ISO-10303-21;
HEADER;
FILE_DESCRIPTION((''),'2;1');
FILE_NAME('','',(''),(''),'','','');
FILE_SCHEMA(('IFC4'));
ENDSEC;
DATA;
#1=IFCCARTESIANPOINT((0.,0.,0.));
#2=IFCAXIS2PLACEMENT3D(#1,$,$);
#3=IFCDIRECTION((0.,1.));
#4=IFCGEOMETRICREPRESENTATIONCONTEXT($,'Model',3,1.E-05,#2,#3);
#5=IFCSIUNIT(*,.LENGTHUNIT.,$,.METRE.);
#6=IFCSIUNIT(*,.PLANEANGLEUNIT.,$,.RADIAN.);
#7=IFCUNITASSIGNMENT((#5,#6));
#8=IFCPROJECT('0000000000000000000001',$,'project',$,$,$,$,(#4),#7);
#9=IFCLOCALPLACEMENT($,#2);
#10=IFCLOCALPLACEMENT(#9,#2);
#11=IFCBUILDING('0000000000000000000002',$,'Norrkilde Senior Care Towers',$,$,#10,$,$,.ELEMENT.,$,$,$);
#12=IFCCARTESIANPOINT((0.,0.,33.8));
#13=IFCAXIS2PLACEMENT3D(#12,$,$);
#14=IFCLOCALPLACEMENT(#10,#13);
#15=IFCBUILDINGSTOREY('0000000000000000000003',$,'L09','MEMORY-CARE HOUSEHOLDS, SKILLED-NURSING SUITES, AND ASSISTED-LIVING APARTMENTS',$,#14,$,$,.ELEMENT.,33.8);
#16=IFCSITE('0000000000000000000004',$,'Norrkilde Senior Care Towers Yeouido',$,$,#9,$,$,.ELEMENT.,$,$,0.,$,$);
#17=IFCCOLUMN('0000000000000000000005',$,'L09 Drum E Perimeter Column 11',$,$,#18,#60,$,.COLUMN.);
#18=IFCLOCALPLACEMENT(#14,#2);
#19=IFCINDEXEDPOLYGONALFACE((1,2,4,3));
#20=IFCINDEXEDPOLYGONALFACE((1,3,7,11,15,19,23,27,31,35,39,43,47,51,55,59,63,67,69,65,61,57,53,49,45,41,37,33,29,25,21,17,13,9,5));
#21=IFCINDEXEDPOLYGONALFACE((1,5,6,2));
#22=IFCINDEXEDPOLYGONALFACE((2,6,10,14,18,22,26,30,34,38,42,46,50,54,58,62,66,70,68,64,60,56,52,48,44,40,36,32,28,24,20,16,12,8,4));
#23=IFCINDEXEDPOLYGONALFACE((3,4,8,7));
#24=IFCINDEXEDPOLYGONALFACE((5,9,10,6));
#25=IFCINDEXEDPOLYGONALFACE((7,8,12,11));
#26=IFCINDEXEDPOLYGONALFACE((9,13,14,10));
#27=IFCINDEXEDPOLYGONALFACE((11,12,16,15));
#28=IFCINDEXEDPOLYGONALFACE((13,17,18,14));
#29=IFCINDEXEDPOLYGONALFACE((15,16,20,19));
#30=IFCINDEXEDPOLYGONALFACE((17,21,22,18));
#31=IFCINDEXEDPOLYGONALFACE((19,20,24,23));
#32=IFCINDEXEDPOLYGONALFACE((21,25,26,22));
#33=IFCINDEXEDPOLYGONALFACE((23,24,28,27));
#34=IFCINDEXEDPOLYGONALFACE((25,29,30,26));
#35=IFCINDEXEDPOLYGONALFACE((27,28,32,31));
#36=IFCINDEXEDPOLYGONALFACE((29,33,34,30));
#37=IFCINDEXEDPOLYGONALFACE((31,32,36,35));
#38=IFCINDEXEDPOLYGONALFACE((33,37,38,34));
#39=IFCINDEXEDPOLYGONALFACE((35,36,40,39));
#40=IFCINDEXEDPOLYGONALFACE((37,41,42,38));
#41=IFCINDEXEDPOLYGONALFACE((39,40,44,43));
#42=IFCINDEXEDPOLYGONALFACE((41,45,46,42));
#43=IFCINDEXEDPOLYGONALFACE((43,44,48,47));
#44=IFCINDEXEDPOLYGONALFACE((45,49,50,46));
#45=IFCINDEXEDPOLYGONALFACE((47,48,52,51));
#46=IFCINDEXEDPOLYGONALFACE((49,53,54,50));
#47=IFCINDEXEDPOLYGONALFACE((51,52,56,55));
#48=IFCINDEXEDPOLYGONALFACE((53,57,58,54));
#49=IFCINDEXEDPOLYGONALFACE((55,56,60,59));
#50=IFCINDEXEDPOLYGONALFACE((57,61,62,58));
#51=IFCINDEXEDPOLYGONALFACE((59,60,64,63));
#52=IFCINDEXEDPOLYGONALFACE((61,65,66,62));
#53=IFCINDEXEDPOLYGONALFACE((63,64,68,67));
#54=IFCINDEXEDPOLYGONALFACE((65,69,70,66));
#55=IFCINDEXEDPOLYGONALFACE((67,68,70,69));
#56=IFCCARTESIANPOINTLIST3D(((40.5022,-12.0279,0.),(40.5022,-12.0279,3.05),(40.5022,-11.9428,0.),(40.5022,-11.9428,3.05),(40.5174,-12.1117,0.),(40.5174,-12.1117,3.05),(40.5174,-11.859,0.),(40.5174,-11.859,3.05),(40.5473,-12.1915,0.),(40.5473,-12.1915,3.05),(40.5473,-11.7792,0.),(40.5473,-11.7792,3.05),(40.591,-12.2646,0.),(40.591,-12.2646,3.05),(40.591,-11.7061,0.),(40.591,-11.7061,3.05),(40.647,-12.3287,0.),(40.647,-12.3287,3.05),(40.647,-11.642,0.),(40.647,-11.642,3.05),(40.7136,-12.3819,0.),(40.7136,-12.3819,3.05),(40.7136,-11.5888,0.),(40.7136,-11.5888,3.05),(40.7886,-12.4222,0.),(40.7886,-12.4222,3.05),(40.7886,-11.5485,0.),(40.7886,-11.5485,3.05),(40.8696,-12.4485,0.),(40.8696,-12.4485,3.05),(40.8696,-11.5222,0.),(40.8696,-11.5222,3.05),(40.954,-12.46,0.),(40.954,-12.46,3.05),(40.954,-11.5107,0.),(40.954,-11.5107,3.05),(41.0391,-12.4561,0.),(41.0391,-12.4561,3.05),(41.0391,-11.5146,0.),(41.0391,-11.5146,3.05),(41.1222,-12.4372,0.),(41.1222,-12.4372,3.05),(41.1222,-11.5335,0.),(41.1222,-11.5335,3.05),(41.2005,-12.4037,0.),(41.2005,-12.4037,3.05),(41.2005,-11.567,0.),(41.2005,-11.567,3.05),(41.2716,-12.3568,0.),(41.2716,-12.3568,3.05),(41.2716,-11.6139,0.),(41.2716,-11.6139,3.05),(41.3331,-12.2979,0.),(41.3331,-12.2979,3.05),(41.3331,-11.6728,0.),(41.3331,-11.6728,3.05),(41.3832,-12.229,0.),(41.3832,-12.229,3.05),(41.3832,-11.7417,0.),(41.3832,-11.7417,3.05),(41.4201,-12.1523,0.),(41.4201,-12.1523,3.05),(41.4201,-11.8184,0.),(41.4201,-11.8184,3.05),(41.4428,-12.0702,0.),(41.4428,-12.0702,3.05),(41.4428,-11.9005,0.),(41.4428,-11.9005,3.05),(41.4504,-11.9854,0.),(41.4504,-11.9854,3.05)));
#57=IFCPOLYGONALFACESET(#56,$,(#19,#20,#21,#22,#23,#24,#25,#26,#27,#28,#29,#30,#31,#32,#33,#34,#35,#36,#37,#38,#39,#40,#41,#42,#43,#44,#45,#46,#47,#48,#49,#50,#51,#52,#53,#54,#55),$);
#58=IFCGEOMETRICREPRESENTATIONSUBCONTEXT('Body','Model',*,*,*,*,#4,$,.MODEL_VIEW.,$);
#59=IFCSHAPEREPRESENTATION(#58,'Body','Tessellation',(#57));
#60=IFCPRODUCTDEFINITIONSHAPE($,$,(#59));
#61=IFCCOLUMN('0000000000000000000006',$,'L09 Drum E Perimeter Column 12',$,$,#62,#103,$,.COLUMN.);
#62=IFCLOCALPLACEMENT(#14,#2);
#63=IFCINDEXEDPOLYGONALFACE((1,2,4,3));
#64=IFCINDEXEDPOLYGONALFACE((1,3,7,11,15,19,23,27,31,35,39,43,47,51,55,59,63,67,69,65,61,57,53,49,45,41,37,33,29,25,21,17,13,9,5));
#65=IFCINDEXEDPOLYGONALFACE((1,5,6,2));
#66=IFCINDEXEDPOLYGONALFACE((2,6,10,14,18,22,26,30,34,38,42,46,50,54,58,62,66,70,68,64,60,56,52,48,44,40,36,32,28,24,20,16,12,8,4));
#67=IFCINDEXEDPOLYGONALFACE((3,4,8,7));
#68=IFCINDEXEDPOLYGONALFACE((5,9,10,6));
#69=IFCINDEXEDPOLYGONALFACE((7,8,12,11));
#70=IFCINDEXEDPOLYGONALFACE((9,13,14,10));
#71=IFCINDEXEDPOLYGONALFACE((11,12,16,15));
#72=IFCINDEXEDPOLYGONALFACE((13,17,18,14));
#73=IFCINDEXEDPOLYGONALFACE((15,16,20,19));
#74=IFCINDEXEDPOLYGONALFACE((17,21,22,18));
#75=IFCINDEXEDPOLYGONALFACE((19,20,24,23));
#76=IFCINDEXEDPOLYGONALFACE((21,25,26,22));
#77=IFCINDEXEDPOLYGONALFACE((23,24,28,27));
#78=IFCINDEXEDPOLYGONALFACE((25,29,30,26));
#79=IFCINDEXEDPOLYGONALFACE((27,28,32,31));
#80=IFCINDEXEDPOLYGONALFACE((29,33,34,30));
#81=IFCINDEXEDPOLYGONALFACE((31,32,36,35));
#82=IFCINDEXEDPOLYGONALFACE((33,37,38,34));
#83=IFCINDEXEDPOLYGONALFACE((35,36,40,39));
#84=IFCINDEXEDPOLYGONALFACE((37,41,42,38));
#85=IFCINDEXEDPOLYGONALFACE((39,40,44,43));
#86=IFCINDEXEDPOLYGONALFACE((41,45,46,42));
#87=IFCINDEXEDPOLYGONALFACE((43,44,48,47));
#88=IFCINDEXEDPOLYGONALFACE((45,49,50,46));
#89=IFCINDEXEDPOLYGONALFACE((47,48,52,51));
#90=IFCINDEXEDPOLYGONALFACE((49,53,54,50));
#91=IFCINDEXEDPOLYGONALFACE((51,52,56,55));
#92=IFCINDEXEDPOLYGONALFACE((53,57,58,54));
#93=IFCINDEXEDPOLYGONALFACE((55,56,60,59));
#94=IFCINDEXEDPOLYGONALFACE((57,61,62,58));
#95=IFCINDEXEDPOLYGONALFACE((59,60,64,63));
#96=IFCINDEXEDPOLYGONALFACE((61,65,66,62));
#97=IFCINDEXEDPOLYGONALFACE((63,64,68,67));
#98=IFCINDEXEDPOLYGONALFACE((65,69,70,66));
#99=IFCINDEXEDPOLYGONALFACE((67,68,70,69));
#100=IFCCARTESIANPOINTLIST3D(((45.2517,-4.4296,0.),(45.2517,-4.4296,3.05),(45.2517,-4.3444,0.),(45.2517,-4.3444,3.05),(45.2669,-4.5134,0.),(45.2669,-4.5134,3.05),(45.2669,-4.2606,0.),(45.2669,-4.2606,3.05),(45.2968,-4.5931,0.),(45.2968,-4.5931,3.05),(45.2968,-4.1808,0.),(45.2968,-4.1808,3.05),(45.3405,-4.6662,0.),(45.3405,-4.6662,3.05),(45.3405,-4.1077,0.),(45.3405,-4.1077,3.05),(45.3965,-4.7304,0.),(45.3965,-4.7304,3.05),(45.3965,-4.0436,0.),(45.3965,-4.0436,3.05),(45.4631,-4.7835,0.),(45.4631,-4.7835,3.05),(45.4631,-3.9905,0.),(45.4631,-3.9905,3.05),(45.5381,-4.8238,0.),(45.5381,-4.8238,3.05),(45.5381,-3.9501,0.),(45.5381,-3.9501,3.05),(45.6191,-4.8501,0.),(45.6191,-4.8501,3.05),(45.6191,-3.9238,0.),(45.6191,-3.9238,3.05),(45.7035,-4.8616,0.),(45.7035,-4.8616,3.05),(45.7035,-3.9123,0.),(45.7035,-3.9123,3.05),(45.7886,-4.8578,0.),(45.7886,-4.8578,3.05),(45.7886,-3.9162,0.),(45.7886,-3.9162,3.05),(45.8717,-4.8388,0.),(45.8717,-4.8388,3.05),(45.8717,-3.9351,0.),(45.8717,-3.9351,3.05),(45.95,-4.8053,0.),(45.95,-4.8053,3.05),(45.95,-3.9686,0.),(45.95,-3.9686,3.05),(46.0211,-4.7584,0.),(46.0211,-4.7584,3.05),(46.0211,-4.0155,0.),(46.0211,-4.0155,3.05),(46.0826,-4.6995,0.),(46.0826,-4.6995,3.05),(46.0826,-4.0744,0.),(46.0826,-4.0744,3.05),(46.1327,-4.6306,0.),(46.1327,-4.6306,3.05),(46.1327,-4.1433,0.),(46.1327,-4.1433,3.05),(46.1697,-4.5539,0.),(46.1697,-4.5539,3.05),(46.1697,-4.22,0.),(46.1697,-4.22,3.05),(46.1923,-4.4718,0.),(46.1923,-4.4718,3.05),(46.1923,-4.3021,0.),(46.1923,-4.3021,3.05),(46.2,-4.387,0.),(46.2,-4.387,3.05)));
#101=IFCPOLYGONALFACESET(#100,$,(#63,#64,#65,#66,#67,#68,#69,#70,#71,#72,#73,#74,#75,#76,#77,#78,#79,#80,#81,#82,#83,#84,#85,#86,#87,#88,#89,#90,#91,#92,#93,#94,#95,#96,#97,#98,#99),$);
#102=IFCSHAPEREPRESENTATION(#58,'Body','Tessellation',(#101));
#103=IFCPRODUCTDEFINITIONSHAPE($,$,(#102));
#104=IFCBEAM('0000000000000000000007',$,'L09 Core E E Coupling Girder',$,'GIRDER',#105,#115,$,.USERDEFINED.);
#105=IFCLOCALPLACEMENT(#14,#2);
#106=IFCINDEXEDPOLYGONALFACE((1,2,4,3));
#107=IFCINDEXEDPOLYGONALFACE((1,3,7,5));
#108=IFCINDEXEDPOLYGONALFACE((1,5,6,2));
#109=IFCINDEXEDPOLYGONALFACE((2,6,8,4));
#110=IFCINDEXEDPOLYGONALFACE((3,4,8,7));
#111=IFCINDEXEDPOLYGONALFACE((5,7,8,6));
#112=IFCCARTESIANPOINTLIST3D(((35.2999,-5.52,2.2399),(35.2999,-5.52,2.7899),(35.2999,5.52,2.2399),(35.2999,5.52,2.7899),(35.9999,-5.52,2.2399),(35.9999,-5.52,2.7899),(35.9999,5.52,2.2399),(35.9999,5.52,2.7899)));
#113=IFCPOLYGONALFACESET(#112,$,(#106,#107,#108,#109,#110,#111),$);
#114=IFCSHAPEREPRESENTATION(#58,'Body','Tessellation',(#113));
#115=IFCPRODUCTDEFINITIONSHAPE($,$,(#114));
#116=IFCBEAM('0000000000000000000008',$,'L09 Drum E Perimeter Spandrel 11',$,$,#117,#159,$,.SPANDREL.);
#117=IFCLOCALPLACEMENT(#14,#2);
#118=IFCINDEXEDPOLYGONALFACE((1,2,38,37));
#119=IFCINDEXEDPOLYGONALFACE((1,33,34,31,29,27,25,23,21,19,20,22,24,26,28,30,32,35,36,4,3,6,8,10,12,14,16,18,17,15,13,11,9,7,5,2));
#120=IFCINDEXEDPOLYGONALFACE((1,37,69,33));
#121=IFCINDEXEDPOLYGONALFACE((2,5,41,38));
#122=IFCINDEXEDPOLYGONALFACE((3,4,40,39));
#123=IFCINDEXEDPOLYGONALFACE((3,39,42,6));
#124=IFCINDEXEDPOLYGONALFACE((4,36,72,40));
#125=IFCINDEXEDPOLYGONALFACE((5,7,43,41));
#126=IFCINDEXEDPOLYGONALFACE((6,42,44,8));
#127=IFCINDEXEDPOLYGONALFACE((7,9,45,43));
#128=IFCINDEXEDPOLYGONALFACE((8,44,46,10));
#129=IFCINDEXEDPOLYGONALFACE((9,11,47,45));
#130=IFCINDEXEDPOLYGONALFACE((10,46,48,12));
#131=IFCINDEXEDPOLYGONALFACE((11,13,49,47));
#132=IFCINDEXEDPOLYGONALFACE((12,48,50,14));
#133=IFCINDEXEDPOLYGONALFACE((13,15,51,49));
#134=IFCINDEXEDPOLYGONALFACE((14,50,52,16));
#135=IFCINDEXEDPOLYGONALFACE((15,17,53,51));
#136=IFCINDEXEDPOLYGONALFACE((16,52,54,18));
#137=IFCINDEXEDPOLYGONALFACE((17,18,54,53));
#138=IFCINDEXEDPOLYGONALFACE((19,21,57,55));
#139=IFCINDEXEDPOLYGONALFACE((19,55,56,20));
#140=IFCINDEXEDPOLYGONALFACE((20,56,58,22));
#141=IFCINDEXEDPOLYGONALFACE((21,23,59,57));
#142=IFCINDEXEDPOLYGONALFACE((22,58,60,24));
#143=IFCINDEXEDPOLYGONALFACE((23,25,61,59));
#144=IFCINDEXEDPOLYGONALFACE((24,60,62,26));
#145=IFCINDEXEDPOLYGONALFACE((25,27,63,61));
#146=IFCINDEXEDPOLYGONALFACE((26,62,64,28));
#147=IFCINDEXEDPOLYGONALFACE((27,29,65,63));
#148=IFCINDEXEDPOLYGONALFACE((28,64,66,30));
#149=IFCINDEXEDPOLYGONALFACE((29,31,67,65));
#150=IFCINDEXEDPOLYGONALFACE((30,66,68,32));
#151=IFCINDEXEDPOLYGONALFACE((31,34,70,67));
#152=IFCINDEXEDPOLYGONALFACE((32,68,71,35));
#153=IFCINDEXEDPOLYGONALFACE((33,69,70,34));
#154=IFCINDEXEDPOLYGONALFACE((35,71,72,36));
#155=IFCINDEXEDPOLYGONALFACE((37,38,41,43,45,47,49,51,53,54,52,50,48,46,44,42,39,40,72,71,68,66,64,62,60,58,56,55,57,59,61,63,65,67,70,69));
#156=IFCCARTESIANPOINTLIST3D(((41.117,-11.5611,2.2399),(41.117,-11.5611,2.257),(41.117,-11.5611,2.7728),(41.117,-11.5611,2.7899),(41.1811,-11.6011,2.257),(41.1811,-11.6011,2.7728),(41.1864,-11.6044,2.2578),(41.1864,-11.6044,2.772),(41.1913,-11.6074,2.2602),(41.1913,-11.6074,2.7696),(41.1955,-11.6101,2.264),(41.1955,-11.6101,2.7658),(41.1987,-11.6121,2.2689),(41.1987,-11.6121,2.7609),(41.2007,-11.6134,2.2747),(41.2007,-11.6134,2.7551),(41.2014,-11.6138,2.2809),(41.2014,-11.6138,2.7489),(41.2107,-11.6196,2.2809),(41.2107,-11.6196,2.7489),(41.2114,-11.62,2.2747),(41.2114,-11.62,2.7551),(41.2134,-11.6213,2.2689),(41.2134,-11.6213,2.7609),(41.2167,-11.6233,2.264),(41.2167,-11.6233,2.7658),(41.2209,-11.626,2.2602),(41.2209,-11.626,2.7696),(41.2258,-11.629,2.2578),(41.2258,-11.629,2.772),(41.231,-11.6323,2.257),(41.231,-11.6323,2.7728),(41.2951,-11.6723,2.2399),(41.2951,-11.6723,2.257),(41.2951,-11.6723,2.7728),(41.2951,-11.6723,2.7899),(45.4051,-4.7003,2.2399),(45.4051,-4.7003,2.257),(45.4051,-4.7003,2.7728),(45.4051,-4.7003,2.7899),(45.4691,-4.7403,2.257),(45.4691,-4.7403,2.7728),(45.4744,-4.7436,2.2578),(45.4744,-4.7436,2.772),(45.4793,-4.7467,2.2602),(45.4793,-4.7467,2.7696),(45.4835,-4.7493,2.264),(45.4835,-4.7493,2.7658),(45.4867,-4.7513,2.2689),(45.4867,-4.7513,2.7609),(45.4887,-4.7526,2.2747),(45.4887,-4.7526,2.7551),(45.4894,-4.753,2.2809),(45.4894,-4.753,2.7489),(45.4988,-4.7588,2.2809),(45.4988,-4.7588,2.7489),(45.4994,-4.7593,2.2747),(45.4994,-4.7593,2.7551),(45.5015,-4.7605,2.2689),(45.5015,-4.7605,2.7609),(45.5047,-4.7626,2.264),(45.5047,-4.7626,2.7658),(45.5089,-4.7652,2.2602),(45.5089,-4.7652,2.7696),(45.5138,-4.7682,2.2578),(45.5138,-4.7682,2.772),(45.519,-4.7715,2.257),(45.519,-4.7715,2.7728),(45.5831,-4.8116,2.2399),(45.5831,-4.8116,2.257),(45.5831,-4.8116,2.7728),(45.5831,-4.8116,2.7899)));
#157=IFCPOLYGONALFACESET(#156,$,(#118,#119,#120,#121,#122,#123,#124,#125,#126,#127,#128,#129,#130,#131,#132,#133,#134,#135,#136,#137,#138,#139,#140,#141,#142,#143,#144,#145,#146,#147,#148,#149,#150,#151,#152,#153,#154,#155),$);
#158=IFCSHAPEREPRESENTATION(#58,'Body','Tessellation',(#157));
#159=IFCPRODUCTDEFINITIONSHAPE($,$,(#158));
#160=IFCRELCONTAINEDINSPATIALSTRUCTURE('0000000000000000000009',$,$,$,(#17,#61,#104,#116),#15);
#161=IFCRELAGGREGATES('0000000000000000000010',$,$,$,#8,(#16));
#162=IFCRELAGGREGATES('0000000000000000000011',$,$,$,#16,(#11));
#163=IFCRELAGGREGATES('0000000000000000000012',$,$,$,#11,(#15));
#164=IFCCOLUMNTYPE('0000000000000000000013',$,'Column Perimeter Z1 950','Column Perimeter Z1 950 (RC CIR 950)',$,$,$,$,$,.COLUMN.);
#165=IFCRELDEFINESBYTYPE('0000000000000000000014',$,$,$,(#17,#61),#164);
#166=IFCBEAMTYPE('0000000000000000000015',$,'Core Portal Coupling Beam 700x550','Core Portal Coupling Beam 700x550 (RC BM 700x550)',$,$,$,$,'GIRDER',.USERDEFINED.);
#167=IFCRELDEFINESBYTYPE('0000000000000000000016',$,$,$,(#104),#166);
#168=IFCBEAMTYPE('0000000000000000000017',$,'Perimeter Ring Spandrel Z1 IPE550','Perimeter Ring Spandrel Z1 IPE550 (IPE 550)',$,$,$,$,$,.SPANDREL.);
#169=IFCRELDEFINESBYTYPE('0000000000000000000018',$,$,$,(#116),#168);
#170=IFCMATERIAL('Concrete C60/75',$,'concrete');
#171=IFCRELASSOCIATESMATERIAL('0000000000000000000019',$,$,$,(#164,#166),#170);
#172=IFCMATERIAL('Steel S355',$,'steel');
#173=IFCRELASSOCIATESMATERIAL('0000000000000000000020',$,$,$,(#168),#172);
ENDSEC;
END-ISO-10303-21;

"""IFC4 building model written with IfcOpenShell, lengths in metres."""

from ifc_helpers import new_model, si_unit, direction, frame, origin, origin_2d, place, context, subcontext, project, spatial, rectangle, circle, i_section, extrude, source, transform, mapped, material, material_profile, profile_set, type_object, type_shapes, element, save


model = new_model("IFC4")

# Units and contexts
model_context = context("Model", 3, precision=1e-05, world=origin(), true_north=direction((0.0, 1.0)))
body_context = subcontext(model_context, "Body", "Model", "MODEL_VIEW")
ifc_project = project(units=[si_unit("LENGTHUNIT", "METRE"), si_unit("PLANEANGLEUNIT", "RADIAN")], contexts=[model_context])

# Site, building, storey
site_placement = place(None, origin())
site = spatial("IfcSite", under=ifc_project, at=site_placement, Name="Norrkilde Senior Care Towers Yeouido", CompositionType="ELEMENT", RefElevation=0.0)
building_placement = place(site_placement, origin())
building = spatial("IfcBuilding", under=site, at=building_placement, Name="Norrkilde Senior Care Towers", CompositionType="ELEMENT")
storey_placement = place(building_placement, frame((0.0, 0.0, 33.8)))
storey = spatial("IfcBuildingStorey", under=building, at=storey_placement, Name="L09", Description="MEMORY-CARE HOUSEHOLDS, SKILLED-NURSING SUITES, AND ASSISTED-LIVING APARTMENTS", CompositionType="ELEMENT", Elevation=33.8)

# Columns
ifc_material_1 = material(Name="Concrete C60/75", Category="concrete")
ifc_material_profile_1 = material_profile(ifc_material_1, circle(Radius=0.4751, at=origin_2d()), Name="RC CIR 950")
ifc_profile_set_1 = profile_set([ifc_material_profile_1], Name="Concrete C60/75")
column_type = type_object("IfcColumnType", Name="Column Perimeter Z1 950", Description="Column Perimeter Z1 950 (RC CIR 950)", PredefinedType="COLUMN", material=ifc_profile_set_1)
shared_shape_1 = source(origin(), body_context, "Body", "SweptSolid", [
    extrude(circle(Radius=0.4751, at=origin_2d()), origin(), (0.0, 0.0, 1.0), 3.05),
])
type_shapes(column_type, [shared_shape_1])
for number, where, z_axis, x_axis, name in (
    (1, (40.9753, -11.9854, 0.0), (0.0, 0.0, 1.0), (1.0, 0.0, 0.0), "L09 Drum E Perimeter Column 11"),
    (2, (45.7249, -4.387, 0.0), (0.0, 0.0, 1.0), (1.0, 0.0, 0.0), "L09 Drum E Perimeter Column 12"),
):
    element("IfcColumn", number, at=place(storey_placement, frame(where, z_axis=z_axis, x_axis=x_axis)), inside=storey, type_object=column_type, Name=name, PredefinedType="COLUMN", context=body_context, shape_type="MappedRepresentation", body=[
        mapped(shared_shape_1, transform((0.0, 0.0, 0.0), x_axis=(1.0, 0.0, 0.0), y_axis=(0.0, 1.0, 0.0), z_axis=(0.0, 0.0, 1.0), scale=1.0)),
    ])

# Beams
ifc_material_profile_2 = material_profile(ifc_material_1, rectangle(XDim=0.7, YDim=0.55, at=origin_2d()), Name="RC BM 700x550")
ifc_profile_set_2 = profile_set([ifc_material_profile_2], Name="Concrete C60/75")
beam_type_1 = type_object("IfcBeamType", Name="Core Portal Coupling Beam 700x550", Description="Core Portal Coupling Beam 700x550 (RC BM 700x550)", ElementType="GIRDER", PredefinedType="USERDEFINED", material=ifc_profile_set_2)
shared_shape_2 = source(origin(), body_context, "Body", "SweptSolid", [
    extrude(rectangle(XDim=0.7, YDim=0.55, at=origin_2d()), origin(), (0.0, 0.0, 1.0), 11.04),
])
type_shapes(beam_type_1, [shared_shape_2])
beam_1_placement = place(storey_placement, frame((35.6499, -5.52, 2.5149), z_axis=(0.0, 1.0, 0.0), x_axis=(-1.0, 0.0, 0.0)))
element("IfcBeam", 3, at=beam_1_placement, inside=storey, type_object=beam_type_1, Name="L09 Core E E Coupling Girder", ObjectType="GIRDER", PredefinedType="USERDEFINED", context=body_context, shape_type="MappedRepresentation", body=[
    mapped(shared_shape_2, transform((0.0, 0.0, 0.0), x_axis=(1.0, 0.0, 0.0), y_axis=(0.0, 1.0, 0.0), z_axis=(0.0, 0.0, 1.0), scale=1.0)),
])
ifc_material_2 = material(Name="Steel S355", Category="steel")
ifc_material_profile_3 = material_profile(ifc_material_2, i_section(OverallWidth=0.21, OverallDepth=0.55, WebThickness=0.011, FlangeThickness=0.0171, FilletRadius=0.0239, at=origin_2d()), Name="IPE 550")
ifc_profile_set_3 = profile_set([ifc_material_profile_3], Name="Steel S355")
beam_type_2 = type_object("IfcBeamType", Name="Perimeter Ring Spandrel Z1 IPE550", Description="Perimeter Ring Spandrel Z1 IPE550 (IPE 550)", PredefinedType="SPANDREL", material=ifc_profile_set_3)
shared_shape_3 = source(origin(), body_context, "Body", "SweptSolid", [
    extrude(i_section(OverallWidth=0.21, OverallDepth=0.55, WebThickness=0.011, FlangeThickness=0.0171, FilletRadius=0.0239, at=origin_2d()), origin(), (0.0, 0.0, 1.0), 8.0906),
])
beam_2_placement = place(storey_placement, frame((41.2061, -11.6167, 2.5149), z_axis=(0.530004, 0.847995, 0.0), x_axis=(-0.847995, 0.530004, 0.0)))
element("IfcBeam", 4, at=beam_2_placement, inside=storey, type_object=beam_type_2, Name="L09 Drum E Perimeter Spandrel 11", PredefinedType="SPANDREL", context=body_context, shape_type="MappedRepresentation", body=[
    mapped(shared_shape_3, transform((0.0, 0.0, 0.0), x_axis=(1.0, 0.0, 0.0), y_axis=(0.0, 1.0, 0.0), z_axis=(0.0, 0.0, 1.0), scale=1.0)),
])

save(model, "model.ifc")
